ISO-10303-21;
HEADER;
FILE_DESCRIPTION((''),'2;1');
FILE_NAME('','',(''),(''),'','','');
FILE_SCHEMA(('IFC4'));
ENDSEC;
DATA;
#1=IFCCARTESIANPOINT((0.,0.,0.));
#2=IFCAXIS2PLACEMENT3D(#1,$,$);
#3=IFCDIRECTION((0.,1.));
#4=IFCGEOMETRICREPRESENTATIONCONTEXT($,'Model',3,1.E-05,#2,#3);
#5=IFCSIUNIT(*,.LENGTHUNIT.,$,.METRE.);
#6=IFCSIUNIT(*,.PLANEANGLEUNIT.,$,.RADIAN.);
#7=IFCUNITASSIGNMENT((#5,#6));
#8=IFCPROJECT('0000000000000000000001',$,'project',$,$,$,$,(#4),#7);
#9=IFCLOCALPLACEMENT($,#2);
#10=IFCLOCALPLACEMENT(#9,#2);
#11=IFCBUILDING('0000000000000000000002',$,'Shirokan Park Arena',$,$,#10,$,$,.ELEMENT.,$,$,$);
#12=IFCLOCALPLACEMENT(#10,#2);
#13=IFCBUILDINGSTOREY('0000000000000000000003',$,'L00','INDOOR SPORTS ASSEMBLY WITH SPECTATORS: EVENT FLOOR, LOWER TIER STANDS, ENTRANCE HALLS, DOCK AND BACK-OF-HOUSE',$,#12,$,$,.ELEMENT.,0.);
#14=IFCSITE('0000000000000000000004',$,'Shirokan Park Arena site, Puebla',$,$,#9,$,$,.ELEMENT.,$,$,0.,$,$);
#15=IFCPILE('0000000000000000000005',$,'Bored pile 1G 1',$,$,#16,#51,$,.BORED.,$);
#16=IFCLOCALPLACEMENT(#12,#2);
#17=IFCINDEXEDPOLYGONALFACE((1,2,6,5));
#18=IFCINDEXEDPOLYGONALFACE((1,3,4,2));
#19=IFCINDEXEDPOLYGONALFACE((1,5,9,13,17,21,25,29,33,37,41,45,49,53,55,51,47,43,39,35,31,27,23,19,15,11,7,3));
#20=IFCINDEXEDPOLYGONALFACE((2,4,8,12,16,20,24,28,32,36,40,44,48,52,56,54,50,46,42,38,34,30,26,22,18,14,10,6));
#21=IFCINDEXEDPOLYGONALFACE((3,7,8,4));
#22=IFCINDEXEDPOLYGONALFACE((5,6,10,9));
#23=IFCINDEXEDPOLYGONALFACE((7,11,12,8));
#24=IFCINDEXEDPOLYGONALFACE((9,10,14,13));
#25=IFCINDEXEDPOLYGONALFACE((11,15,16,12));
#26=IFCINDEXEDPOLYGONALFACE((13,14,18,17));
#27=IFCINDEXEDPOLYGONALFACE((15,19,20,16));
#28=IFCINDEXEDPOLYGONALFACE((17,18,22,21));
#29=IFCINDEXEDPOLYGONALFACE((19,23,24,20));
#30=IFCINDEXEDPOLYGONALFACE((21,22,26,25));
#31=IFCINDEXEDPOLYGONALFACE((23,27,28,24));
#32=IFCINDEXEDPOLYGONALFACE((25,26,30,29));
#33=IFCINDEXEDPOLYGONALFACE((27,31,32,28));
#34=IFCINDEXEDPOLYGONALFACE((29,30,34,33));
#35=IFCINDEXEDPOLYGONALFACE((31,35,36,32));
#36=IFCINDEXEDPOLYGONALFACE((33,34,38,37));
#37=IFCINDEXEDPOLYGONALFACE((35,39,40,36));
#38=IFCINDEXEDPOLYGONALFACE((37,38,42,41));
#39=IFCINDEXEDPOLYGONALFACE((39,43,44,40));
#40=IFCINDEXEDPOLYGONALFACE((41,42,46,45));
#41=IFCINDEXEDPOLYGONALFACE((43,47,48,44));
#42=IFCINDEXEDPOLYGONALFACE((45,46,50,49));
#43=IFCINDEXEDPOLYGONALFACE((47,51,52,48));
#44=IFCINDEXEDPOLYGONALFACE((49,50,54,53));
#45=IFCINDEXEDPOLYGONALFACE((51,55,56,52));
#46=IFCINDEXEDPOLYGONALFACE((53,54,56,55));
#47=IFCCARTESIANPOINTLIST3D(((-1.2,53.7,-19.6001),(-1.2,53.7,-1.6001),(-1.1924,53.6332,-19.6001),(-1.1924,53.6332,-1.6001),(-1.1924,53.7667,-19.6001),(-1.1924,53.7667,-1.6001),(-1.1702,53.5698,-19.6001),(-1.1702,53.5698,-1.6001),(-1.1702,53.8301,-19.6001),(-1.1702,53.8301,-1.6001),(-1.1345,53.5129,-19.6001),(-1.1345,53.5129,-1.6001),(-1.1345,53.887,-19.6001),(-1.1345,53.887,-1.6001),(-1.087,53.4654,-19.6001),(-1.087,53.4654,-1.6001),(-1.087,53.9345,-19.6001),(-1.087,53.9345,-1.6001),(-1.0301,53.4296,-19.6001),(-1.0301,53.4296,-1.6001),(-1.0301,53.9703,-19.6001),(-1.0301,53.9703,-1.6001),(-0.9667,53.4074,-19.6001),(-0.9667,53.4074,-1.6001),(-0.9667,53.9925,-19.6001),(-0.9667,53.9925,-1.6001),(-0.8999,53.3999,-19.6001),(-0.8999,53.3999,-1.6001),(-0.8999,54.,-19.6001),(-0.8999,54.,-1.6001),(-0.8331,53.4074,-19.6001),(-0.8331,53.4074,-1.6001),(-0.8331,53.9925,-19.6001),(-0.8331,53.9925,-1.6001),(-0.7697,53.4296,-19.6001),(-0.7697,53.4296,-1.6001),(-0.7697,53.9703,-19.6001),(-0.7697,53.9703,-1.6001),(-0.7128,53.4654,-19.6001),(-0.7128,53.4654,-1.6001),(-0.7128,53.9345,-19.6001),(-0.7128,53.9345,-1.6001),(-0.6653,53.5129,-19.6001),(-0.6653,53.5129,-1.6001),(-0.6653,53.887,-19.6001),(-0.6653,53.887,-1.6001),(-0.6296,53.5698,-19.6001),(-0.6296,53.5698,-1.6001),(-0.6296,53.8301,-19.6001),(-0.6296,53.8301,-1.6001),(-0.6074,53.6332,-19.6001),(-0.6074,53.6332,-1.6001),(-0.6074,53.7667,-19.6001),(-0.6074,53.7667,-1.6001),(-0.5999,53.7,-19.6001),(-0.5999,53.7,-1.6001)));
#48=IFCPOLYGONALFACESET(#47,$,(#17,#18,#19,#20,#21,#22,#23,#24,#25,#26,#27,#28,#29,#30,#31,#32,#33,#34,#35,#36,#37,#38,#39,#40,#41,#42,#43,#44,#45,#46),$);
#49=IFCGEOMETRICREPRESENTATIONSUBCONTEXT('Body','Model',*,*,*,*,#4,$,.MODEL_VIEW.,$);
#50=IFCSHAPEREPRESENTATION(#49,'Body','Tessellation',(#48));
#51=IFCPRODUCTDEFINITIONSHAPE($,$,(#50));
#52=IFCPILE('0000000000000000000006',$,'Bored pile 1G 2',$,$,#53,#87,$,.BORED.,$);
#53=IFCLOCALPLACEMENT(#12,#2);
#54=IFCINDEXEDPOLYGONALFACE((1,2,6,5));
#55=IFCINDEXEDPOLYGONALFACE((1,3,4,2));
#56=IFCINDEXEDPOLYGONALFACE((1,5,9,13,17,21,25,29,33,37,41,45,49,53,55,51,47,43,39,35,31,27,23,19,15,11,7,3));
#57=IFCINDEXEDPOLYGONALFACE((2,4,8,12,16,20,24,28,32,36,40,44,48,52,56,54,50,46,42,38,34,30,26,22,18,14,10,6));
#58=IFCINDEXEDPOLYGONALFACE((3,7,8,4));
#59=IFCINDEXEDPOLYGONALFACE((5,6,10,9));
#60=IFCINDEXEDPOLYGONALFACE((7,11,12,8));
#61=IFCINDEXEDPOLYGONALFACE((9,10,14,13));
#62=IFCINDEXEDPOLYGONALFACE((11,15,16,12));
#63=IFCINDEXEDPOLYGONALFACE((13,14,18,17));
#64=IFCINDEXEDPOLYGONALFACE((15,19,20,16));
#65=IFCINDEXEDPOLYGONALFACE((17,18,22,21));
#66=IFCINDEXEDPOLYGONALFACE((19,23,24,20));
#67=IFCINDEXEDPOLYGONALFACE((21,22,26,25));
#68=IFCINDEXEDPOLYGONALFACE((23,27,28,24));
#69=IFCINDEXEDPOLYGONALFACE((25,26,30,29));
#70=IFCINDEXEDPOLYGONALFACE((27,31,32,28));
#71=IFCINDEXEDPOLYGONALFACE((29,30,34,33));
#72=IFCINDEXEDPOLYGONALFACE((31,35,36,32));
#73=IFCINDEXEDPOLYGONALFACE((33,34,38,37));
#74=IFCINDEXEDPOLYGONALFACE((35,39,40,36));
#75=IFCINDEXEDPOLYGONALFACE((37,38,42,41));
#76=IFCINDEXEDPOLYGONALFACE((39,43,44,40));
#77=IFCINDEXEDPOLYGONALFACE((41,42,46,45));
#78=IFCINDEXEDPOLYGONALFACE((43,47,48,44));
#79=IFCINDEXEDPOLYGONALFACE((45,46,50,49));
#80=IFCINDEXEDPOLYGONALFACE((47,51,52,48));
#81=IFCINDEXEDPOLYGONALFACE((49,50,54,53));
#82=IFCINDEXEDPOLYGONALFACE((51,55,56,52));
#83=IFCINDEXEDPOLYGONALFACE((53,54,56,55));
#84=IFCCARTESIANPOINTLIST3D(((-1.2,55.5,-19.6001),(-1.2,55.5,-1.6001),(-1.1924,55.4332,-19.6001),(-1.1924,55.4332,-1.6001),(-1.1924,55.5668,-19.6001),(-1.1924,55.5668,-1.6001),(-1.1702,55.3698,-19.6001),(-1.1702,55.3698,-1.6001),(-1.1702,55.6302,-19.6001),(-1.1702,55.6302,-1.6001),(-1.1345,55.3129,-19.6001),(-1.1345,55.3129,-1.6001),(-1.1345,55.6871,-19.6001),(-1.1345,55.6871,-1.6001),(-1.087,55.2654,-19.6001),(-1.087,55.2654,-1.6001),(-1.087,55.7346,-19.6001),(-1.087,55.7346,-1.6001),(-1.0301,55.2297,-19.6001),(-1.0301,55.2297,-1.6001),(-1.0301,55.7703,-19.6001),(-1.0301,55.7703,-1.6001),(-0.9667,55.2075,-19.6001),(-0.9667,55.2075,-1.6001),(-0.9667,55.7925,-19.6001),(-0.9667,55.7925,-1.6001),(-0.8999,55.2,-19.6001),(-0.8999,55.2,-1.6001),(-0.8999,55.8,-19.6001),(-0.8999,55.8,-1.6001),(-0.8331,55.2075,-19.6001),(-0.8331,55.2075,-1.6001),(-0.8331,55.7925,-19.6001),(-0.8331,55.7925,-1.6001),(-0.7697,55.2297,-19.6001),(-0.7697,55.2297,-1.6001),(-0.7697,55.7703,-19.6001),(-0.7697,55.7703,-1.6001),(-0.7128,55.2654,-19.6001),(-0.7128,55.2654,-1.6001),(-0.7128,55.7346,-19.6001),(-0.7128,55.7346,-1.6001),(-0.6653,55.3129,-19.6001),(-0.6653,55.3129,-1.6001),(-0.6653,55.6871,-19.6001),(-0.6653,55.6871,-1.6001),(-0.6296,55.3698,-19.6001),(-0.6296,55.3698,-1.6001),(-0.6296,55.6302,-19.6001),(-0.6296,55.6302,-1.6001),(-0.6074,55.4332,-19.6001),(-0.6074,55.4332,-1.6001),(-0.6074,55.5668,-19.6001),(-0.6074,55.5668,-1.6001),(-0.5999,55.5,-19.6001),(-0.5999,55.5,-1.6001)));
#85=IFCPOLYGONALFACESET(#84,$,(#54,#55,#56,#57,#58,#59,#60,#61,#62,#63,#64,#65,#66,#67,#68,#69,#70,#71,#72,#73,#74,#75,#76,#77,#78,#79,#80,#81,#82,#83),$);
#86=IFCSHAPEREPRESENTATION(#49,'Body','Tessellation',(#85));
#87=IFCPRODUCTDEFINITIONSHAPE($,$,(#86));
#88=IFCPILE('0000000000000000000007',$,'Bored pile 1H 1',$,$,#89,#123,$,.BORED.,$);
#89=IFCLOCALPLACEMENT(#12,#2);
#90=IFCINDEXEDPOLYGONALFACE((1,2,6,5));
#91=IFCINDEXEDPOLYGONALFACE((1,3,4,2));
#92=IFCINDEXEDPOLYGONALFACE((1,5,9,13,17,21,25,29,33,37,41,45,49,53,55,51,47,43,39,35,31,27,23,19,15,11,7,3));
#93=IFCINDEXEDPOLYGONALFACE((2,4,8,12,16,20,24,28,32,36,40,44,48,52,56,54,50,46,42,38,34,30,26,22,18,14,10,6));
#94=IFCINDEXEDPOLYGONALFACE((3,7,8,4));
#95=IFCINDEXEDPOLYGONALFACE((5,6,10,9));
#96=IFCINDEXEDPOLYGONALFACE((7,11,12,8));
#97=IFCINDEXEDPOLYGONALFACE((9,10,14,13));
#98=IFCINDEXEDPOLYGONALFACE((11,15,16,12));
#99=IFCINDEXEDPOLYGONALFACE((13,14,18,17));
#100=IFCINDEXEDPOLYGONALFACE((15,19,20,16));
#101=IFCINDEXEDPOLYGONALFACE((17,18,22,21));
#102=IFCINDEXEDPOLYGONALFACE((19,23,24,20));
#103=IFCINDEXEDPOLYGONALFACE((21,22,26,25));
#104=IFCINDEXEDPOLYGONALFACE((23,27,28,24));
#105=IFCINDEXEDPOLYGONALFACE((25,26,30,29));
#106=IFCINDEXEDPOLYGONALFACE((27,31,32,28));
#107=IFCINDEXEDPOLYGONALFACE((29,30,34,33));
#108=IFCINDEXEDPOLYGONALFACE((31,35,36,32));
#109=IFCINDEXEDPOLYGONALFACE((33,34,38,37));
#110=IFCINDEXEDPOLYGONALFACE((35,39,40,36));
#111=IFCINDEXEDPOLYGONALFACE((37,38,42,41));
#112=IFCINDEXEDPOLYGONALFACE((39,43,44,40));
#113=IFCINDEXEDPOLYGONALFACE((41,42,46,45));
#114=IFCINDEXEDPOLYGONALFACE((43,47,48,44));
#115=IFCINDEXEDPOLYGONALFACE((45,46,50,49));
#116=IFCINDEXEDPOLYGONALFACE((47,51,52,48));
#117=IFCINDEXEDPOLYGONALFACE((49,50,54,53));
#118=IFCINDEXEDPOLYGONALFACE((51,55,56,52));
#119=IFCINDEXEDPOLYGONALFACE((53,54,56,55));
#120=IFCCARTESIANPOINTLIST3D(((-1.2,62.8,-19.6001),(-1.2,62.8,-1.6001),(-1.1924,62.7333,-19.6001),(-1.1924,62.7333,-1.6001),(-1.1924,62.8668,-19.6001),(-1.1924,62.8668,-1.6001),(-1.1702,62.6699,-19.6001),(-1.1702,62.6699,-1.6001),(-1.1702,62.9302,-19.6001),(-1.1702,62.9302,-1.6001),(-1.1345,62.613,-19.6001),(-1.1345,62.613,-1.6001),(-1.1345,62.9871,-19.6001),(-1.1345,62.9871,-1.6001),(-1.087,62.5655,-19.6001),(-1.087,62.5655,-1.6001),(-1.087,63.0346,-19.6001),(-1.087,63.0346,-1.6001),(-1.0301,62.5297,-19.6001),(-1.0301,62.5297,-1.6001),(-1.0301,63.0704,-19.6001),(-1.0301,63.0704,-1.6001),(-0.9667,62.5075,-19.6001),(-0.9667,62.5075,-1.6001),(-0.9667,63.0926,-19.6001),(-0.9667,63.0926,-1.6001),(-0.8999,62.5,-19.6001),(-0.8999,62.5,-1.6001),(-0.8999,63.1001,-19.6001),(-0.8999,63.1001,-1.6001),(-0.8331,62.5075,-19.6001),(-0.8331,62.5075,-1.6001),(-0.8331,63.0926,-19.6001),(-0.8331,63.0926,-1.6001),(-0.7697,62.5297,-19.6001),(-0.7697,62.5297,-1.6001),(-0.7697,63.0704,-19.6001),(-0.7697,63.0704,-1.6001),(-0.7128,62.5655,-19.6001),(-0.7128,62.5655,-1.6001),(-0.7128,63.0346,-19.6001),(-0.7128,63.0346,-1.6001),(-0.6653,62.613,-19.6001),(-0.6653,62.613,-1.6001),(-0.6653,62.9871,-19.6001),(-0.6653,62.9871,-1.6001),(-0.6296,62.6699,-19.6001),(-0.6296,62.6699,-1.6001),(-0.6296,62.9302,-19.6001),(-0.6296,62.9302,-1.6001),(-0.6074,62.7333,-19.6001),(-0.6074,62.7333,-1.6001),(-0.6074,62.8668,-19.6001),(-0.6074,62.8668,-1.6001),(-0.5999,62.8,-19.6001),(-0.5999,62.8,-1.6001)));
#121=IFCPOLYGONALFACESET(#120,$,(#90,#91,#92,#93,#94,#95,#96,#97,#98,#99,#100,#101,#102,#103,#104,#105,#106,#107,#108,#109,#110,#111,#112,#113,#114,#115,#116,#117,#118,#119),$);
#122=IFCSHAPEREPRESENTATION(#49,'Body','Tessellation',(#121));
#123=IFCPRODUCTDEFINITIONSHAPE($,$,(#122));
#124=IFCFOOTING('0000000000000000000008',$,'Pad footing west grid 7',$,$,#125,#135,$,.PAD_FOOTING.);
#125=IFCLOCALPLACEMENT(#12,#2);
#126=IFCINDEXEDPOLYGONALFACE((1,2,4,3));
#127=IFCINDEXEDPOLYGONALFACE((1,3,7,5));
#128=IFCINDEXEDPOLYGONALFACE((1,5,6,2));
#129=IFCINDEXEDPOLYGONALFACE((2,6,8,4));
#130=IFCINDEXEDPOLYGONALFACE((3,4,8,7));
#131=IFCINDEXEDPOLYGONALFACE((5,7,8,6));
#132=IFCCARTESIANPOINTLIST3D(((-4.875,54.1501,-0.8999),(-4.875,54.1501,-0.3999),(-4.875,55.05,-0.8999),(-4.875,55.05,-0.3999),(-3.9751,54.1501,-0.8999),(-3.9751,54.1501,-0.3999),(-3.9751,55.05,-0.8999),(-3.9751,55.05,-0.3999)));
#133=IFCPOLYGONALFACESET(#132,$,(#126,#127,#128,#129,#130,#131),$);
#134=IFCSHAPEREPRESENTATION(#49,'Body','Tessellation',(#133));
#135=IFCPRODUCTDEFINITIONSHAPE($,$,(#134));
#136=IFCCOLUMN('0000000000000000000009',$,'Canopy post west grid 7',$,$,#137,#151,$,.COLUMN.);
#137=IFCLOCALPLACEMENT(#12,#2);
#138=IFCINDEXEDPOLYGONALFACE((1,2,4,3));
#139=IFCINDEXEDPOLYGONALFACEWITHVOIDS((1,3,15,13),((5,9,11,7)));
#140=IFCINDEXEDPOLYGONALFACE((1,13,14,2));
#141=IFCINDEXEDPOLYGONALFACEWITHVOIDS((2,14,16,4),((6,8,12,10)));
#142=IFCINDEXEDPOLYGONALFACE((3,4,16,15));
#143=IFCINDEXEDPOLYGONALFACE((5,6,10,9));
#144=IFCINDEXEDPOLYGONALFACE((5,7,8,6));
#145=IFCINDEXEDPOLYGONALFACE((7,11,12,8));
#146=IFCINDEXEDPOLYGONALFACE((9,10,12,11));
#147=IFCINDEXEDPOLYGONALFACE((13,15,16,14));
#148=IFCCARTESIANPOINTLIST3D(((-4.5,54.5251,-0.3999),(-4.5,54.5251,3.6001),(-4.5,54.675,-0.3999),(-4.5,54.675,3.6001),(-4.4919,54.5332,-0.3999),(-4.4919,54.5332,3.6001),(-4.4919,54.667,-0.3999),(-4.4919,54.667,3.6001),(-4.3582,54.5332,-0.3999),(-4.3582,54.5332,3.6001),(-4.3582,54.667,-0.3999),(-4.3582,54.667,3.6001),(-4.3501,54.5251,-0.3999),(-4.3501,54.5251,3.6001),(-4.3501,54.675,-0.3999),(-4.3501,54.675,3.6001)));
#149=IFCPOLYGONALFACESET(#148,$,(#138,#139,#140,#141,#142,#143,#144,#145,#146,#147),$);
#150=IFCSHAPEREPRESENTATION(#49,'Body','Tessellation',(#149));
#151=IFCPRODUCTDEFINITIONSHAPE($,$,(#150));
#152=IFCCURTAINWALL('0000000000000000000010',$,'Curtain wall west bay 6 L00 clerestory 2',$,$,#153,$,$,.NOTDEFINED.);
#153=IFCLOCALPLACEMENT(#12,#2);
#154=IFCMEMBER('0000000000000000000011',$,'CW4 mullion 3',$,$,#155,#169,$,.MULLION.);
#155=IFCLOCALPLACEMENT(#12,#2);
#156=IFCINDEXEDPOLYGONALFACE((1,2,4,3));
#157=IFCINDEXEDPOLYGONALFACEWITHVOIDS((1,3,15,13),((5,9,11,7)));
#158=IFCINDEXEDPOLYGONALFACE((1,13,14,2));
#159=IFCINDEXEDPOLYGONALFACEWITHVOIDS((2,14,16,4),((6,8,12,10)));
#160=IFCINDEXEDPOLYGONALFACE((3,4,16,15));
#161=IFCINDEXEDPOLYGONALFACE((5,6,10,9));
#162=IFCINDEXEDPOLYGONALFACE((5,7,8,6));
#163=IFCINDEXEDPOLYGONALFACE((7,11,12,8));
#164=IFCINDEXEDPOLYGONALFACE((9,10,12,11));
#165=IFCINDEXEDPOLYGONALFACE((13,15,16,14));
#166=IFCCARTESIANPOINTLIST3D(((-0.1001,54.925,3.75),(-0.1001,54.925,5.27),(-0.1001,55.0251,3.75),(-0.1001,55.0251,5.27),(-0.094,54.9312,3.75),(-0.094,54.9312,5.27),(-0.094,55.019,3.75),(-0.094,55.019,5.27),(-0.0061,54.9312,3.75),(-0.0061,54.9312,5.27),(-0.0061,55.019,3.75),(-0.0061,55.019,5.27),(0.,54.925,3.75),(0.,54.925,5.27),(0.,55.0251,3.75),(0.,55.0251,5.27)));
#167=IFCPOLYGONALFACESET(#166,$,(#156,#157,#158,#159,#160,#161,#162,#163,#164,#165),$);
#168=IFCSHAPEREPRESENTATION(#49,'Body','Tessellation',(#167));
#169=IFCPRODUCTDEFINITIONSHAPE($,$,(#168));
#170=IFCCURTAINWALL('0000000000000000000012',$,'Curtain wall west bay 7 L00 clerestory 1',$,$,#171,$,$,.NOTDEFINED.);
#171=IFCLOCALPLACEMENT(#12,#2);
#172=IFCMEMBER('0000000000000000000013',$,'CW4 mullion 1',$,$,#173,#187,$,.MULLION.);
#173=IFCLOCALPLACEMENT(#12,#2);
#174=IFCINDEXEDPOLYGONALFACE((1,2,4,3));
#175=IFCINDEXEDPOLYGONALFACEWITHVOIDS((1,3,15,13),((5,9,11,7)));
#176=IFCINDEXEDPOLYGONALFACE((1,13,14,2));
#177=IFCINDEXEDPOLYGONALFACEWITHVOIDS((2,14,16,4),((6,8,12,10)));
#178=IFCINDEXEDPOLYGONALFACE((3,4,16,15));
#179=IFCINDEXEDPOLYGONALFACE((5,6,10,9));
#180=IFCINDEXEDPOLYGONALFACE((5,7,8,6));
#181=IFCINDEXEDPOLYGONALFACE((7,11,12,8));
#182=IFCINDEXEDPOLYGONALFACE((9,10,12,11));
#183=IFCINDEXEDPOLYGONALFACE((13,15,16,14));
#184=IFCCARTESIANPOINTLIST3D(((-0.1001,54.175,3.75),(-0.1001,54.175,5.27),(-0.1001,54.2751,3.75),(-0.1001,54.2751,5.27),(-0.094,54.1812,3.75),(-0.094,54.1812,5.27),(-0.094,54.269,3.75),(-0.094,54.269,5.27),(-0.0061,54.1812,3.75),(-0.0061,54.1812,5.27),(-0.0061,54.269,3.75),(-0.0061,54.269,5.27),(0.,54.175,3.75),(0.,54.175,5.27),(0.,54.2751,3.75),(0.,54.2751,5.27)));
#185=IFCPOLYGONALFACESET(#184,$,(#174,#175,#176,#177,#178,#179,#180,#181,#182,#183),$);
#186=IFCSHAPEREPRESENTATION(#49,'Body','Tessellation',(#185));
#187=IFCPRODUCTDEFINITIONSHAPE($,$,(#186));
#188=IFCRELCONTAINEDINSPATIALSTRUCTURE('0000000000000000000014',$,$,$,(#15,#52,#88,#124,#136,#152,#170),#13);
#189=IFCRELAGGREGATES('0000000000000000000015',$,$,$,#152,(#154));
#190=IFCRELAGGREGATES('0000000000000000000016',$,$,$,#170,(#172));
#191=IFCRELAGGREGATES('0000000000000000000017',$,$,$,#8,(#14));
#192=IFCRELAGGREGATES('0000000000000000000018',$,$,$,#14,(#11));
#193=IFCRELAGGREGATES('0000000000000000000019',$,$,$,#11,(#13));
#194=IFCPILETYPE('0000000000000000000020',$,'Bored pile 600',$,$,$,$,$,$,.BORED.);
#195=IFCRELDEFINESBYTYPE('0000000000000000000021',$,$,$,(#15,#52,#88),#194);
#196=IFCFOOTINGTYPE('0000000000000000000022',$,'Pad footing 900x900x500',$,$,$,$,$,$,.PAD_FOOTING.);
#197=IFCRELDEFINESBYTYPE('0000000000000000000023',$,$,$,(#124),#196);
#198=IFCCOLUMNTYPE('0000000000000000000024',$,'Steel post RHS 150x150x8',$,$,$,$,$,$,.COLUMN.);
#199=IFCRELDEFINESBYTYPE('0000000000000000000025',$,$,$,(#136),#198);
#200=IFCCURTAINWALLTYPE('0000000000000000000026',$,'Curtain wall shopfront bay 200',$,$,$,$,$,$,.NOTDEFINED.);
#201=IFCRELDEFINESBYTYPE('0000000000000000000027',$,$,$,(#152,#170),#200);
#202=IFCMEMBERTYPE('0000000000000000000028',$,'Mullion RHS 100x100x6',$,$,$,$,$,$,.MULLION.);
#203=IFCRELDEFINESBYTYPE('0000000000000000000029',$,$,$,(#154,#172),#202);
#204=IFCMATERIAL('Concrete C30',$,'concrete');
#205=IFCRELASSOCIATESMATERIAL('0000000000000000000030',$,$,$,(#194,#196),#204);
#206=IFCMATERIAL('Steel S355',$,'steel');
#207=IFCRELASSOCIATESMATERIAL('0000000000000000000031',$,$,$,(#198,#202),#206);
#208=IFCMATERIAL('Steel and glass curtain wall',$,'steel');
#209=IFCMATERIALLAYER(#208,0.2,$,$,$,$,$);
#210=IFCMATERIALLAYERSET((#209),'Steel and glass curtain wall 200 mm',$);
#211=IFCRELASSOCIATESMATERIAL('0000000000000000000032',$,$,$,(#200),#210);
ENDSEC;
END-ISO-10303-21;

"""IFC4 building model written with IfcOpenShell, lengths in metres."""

from ifc_helpers import new_model, si_unit, direction, frame, origin, origin_2d, place, context, subcontext, project, spatial, rectangle, hollow_rectangle, circle, extrude, material, layer, layer_set, material_profile, profile_set, type_object, element, aggregate, save


model = new_model("IFC4")

# Units and contexts
model_context = context("Model", 3, precision=1e-05, world=origin(), true_north=direction((0.0, 1.0)))
body_context = subcontext(model_context, "Body", "Model", "MODEL_VIEW")
ifc_project = project(units=[si_unit("LENGTHUNIT", "METRE"), si_unit("PLANEANGLEUNIT", "RADIAN")], contexts=[model_context])

# Site, building, storey
site_placement = place(None, origin())
site = spatial("IfcSite", under=ifc_project, at=site_placement, Name="Shirokan Park Arena site, Puebla", CompositionType="ELEMENT", RefElevation=0.0)
building_placement = place(site_placement, origin())
building = spatial("IfcBuilding", under=site, at=building_placement, Name="Shirokan Park Arena", CompositionType="ELEMENT")
storey_placement = place(building_placement, origin())
storey = spatial("IfcBuildingStorey", under=building, at=storey_placement, Name="L00", Description="INDOOR SPORTS ASSEMBLY WITH SPECTATORS: EVENT FLOOR, LOWER TIER STANDS, ENTRANCE HALLS, DOCK AND BACK-OF-HOUSE", CompositionType="ELEMENT", Elevation=0.0)

# Piles
ifc_material_1 = material(Name="Concrete C30", Category="concrete")
ifc_material_profile_1 = material_profile(ifc_material_1, circle(Radius=0.3, at=origin_2d()), Name="D600")
ifc_profile_set_1 = profile_set([ifc_material_profile_1], Name="Concrete C30")
pile_type = type_object("IfcPileType", Name="Bored pile 600", PredefinedType="BORED", material=ifc_profile_set_1)
for number, where, z_axis, x_axis, name in (
    (1, (-0.8999, 53.7, -1.6001), (0.0, 0.0, -1.0), (1.0, 0.0, 0.0), "Bored pile 1G 1"),
    (2, (-0.8999, 55.5, -1.6001), (0.0, 0.0, -1.0), (1.0, 0.0, 0.0), "Bored pile 1G 2"),
    (3, (-0.8999, 62.8, -1.6001), (0.0, 0.0, -1.0), (1.0, 0.0, 0.0), "Bored pile 1H 1"),
):
    element("IfcPile", number, at=place(storey_placement, frame(where, z_axis=z_axis, x_axis=x_axis)), inside=storey, type_object=pile_type, Name=name, PredefinedType="BORED", context=body_context, shape_type="SweptSolid", body=[
        extrude(circle(Radius=0.3, at=origin_2d()), origin(), (0.0, 0.0, 1.0), 18.0),
    ])

# Footing
footing_type = type_object("IfcFootingType", Name="Pad footing 900x900x500", PredefinedType="PAD_FOOTING", material=ifc_material_1)
footing_placement = place(storey_placement, frame((-4.425, 54.6001, -0.8999), z_axis=(0.0, 0.0, 1.0), x_axis=(1.0, 0.0, 0.0)))
element("IfcFooting", 4, at=footing_placement, inside=storey, type_object=footing_type, Name="Pad footing west grid 7", PredefinedType="PAD_FOOTING", context=body_context, shape_type="SweptSolid", body=[
    extrude(rectangle(XDim=0.8999, YDim=0.8999, at=origin_2d()), origin(), (0.0, 0.0, 1.0), 0.5),
])

# Column
ifc_material_2 = material(Name="Steel S355", Category="steel")
ifc_material_profile_2 = material_profile(ifc_material_2, hollow_rectangle(XDim=0.1499, YDim=0.1499, WallThickness=0.0081, at=origin_2d()), Name="RHS 150x150x8")
ifc_profile_set_2 = profile_set([ifc_material_profile_2], Name="Steel S355")
column_type = type_object("IfcColumnType", Name="Steel post RHS 150x150x8", PredefinedType="COLUMN", material=ifc_profile_set_2)
column_placement = place(storey_placement, frame((-4.425, 54.6001, -0.3999), z_axis=(0.0, 0.0, 1.0), x_axis=(1.0, 0.0, 0.0)))
element("IfcColumn", 5, at=column_placement, inside=storey, type_object=column_type, Name="Canopy post west grid 7", PredefinedType="COLUMN", context=body_context, shape_type="SweptSolid", body=[
    extrude(hollow_rectangle(XDim=0.1499, YDim=0.1499, WallThickness=0.0081, at=origin_2d()), origin(), (0.0, 0.0, 1.0), 4.0),
])

# Curtain wall, member
ifc_material_3 = material(Name="Steel and glass curtain wall", Category="steel")
ifc_layer_1 = layer(ifc_material_3, 0.2)
ifc_layer_set_1 = layer_set([ifc_layer_1], Name="Steel and glass curtain wall 200 mm")
curtain_wall_type = type_object("IfcCurtainWallType", Name="Curtain wall shopfront bay 200", PredefinedType="NOTDEFINED", material=ifc_layer_set_1)
curtain_wall_1_placement = place(storey_placement, origin())
curtain_wall_1 = element("IfcCurtainWall", 6, at=curtain_wall_1_placement, inside=storey, type_object=curtain_wall_type, Name="Curtain wall west bay 6 L00 clerestory 2", PredefinedType="NOTDEFINED")
ifc_material_profile_3 = material_profile(ifc_material_2, hollow_rectangle(XDim=0.1001, YDim=0.1001, WallThickness=0.0061, at=origin_2d()), Name="RHS 100x100x6")
ifc_profile_set_3 = profile_set([ifc_material_profile_3], Name="Steel S355")
member_type_1 = type_object("IfcMemberType", Name="Mullion RHS 100x100x6", PredefinedType="MULLION", material=ifc_profile_set_3)
member_1_placement = place(storey_placement, frame((-0.05, 54.9751, 3.75), z_axis=(0.0, 0.0, 1.0), x_axis=(1.0, 0.0, 0.0)))
member_1 = element("IfcMember", 7, at=member_1_placement, type_object=member_type_1, Name="CW4 mullion 3", PredefinedType="MULLION", context=body_context, shape_type="SweptSolid", body=[
    extrude(hollow_rectangle(XDim=0.1001, YDim=0.1001, WallThickness=0.0061, at=origin_2d()), origin(), (0.0, 0.0, 1.0), 1.52),
])

# Curtain wall, member
curtain_wall_2_placement = place(storey_placement, origin())
curtain_wall_2 = element("IfcCurtainWall", 8, at=curtain_wall_2_placement, inside=storey, type_object=curtain_wall_type, Name="Curtain wall west bay 7 L00 clerestory 1", PredefinedType="NOTDEFINED")
member_2_placement = place(storey_placement, frame((-0.05, 54.2251, 3.75), z_axis=(0.0, 0.0, 1.0), x_axis=(1.0, 0.0, 0.0)))
member_2 = element("IfcMember", 9, at=member_2_placement, type_object=member_type_1, Name="CW4 mullion 1", PredefinedType="MULLION", context=body_context, shape_type="SweptSolid", body=[
    extrude(hollow_rectangle(XDim=0.1001, YDim=0.1001, WallThickness=0.0061, at=origin_2d()), origin(), (0.0, 0.0, 1.0), 1.52),
])

aggregate(curtain_wall_1, [member_1])
aggregate(curtain_wall_2, [member_2])

save(model, "model.ifc")
